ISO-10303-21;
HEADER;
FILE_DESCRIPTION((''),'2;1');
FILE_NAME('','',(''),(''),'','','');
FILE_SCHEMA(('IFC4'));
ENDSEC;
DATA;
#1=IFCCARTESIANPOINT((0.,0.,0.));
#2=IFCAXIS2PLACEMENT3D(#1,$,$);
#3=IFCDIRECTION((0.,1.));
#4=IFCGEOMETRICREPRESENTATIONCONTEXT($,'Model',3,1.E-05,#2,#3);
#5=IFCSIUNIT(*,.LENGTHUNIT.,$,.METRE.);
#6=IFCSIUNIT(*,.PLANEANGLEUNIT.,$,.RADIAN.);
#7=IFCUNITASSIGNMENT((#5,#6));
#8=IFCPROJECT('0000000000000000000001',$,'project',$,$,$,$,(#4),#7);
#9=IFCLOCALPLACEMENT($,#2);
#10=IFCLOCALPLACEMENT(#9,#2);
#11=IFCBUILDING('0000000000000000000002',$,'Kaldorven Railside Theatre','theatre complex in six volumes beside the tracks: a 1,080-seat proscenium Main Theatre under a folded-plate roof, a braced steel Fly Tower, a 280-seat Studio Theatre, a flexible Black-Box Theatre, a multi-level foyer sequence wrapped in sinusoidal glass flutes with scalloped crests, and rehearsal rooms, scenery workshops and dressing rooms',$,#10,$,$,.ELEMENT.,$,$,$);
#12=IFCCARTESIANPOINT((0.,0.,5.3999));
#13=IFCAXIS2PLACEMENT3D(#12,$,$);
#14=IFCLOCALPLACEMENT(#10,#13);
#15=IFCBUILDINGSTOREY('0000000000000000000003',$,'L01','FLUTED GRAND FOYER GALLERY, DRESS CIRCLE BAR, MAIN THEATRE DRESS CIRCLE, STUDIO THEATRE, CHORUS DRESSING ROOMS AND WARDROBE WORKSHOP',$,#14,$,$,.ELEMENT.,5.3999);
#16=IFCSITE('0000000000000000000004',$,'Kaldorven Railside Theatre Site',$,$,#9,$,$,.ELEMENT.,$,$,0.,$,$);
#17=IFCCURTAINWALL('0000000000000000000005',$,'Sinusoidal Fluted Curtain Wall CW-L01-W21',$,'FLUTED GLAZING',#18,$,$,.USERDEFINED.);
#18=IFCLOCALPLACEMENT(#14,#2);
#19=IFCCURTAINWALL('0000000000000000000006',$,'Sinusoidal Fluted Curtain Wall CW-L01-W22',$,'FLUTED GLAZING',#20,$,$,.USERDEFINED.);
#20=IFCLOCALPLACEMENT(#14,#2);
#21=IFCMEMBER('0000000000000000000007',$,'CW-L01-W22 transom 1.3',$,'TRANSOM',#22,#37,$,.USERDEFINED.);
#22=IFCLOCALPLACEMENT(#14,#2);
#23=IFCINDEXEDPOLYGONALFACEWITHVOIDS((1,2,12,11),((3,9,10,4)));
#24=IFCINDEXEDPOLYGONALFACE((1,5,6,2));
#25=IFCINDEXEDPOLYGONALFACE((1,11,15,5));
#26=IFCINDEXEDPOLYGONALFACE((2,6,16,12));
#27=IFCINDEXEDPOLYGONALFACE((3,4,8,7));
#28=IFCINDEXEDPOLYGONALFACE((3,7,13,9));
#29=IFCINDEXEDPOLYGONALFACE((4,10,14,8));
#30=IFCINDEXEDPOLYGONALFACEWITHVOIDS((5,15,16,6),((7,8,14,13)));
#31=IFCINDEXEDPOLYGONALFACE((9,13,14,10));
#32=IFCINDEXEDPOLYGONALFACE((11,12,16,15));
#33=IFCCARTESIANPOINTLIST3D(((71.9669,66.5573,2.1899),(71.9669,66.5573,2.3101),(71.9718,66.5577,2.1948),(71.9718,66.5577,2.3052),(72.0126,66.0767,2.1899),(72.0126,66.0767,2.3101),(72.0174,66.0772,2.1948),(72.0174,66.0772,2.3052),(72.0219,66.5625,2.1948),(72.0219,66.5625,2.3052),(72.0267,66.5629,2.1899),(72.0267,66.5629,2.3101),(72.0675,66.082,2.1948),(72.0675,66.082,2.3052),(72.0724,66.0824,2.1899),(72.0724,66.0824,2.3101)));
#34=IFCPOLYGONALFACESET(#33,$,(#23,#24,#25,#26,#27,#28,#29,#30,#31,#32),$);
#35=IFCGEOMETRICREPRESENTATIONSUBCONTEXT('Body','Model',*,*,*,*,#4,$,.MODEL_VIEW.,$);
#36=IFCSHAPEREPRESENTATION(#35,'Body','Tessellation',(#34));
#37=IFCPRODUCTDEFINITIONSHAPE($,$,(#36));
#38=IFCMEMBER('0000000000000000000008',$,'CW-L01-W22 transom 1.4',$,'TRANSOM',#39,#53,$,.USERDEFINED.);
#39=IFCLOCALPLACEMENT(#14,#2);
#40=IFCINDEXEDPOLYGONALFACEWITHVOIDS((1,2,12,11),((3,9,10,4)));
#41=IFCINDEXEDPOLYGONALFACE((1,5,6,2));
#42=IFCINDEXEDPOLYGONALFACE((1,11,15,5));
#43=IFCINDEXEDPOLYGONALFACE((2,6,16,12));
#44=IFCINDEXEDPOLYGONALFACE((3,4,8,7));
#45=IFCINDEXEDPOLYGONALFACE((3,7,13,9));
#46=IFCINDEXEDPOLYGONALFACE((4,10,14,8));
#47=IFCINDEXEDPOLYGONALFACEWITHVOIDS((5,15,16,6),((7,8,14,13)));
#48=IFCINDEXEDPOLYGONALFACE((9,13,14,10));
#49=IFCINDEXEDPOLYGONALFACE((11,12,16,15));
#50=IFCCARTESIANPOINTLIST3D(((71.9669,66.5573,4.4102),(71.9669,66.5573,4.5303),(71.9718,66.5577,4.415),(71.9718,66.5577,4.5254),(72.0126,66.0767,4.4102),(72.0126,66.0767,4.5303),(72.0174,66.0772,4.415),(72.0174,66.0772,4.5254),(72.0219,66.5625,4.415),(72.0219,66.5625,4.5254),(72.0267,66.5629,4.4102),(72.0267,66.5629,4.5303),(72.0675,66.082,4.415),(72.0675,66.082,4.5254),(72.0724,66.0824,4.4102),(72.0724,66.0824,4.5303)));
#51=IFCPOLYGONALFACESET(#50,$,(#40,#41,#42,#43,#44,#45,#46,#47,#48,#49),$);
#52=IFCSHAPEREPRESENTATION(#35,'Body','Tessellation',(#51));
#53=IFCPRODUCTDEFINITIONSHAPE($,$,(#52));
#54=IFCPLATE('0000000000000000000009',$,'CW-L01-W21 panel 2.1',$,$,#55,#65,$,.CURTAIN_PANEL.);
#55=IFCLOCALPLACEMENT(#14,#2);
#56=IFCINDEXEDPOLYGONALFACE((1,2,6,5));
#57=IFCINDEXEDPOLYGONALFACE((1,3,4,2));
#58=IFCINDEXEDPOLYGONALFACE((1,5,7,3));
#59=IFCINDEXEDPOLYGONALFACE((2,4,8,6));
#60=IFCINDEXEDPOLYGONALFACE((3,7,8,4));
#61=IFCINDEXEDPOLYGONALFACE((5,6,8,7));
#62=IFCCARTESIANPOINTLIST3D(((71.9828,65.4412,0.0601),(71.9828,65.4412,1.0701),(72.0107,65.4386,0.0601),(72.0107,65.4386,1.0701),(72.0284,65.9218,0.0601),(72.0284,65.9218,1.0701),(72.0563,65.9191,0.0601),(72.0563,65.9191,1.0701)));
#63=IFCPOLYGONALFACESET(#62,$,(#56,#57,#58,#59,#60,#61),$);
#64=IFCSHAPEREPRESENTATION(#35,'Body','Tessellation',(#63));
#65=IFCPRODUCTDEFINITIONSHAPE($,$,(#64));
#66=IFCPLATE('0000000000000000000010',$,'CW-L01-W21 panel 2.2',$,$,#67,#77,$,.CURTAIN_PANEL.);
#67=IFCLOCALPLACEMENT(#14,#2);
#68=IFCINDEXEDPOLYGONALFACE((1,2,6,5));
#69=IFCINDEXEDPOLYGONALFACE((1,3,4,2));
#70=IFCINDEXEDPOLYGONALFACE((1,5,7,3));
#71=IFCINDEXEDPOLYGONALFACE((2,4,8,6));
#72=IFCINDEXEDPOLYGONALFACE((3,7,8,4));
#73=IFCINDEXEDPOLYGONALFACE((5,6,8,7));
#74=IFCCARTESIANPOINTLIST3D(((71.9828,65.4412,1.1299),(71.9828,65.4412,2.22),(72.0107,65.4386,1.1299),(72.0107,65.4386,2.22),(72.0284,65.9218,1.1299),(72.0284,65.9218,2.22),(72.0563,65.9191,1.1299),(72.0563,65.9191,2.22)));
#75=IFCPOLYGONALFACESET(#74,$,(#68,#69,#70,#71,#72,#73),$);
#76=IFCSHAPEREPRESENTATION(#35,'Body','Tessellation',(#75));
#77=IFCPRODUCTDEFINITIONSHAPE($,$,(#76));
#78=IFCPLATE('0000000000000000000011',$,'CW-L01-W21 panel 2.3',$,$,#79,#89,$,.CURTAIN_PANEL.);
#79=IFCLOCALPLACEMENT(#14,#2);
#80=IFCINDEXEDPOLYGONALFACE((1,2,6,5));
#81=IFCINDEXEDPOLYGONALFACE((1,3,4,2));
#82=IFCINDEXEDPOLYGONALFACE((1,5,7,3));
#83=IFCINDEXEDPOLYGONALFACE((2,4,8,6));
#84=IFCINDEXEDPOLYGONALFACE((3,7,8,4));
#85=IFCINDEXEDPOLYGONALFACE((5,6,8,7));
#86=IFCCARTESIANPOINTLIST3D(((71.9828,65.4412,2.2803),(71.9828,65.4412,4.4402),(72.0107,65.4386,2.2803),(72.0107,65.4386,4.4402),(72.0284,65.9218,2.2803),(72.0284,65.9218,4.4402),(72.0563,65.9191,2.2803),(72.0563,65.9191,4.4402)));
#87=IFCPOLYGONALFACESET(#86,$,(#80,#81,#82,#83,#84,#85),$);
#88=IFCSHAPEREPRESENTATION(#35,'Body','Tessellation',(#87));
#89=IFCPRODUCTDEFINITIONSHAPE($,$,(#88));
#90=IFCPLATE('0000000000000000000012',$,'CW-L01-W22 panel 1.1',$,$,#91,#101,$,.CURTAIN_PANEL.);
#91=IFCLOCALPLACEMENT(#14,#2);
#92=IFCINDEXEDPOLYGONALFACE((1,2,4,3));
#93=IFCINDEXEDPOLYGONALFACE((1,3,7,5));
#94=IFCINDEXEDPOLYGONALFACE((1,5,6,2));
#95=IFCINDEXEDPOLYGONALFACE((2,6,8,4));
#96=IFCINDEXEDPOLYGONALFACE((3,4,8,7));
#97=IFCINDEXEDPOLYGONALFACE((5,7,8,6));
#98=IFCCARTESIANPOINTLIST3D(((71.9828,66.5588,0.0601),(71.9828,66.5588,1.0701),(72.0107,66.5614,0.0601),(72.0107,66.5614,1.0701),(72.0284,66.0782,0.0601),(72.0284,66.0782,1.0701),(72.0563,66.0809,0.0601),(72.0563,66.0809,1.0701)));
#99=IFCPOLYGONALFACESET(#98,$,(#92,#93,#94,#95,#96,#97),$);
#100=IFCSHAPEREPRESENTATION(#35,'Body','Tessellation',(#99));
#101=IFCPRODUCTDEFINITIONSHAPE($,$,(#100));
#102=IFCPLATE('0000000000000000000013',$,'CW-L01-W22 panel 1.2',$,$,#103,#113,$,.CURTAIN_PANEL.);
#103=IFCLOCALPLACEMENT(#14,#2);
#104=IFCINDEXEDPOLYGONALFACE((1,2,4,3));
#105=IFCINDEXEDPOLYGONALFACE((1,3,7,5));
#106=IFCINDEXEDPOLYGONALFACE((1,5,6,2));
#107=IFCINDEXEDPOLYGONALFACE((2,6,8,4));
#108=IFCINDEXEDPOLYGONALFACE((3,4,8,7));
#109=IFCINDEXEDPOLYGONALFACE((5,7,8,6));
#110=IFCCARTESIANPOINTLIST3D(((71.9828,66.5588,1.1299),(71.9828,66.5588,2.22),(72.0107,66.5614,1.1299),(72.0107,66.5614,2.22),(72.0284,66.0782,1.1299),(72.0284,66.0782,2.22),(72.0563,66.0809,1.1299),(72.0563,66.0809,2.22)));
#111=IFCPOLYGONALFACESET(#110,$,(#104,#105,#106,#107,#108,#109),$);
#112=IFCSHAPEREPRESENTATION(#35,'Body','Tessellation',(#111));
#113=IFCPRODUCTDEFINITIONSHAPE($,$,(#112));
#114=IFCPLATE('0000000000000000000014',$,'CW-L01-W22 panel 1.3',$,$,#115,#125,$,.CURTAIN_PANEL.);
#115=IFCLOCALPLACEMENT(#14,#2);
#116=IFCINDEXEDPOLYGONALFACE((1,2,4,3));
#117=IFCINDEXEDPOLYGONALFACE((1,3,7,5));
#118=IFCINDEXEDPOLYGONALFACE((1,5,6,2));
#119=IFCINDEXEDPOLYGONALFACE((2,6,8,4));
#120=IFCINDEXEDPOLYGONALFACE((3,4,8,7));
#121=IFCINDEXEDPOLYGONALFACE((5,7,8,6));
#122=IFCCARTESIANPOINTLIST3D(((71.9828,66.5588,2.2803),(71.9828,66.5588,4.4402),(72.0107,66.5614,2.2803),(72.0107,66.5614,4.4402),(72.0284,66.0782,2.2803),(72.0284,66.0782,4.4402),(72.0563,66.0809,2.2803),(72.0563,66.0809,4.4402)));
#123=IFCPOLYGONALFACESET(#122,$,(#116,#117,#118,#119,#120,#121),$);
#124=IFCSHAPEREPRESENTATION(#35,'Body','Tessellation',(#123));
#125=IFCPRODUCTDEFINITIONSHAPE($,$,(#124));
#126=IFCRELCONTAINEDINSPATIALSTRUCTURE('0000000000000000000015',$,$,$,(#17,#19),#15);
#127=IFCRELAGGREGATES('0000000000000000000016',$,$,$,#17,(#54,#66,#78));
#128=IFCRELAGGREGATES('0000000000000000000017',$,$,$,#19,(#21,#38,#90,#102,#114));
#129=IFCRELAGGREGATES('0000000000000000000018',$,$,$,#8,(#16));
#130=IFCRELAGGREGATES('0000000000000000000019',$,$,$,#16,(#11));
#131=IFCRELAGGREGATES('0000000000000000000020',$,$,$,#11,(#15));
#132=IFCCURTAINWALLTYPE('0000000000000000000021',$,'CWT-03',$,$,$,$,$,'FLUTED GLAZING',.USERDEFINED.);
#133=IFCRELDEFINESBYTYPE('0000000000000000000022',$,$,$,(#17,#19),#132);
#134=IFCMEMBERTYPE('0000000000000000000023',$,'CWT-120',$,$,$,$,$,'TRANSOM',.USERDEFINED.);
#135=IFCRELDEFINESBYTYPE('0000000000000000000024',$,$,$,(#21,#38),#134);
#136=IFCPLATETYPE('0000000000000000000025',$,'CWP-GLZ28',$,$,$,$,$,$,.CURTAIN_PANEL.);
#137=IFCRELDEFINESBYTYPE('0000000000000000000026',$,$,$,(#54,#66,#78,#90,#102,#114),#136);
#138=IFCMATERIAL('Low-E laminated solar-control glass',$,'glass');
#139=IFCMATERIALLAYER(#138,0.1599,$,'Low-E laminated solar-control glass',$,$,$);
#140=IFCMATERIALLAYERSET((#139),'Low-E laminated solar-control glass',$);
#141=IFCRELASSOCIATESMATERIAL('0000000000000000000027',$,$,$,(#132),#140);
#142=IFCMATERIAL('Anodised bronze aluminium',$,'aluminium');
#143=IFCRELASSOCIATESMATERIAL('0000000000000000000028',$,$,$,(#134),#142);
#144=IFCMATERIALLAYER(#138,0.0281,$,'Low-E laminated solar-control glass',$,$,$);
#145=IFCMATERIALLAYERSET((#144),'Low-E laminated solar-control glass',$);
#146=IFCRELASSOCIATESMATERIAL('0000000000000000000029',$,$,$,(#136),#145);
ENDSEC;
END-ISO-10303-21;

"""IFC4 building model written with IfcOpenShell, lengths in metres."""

from ifc_helpers import new_model, si_unit, direction, frame, origin, origin_2d, place, context, subcontext, project, spatial, rectangle, hollow_rectangle, extrude, material, layer, layer_set, material_profile, profile_set, type_object, element, aggregate, save


model = new_model("IFC4")

# Units and contexts
model_context = context("Model", 3, precision=1e-05, world=origin(), true_north=direction((0.0, 1.0)))
body_context = subcontext(model_context, "Body", "Model", "MODEL_VIEW")
ifc_project = project(units=[si_unit("LENGTHUNIT", "METRE"), si_unit("PLANEANGLEUNIT", "RADIAN")], contexts=[model_context])

# Site, building, storey
site_placement = place(None, origin())
site = spatial("IfcSite", under=ifc_project, at=site_placement, Name="Kaldorven Railside Theatre Site", CompositionType="ELEMENT", RefElevation=0.0)
building_placement = place(site_placement, origin())
building = spatial("IfcBuilding", under=site, at=building_placement, Name="Kaldorven Railside Theatre", Description="theatre complex in six volumes beside the tracks: a 1,080-seat proscenium Main Theatre under a folded-plate roof, a braced steel Fly Tower, a 280-seat Studio Theatre, a flexible Black-Box Theatre, a multi-level foyer sequence wrapped in sinusoidal glass flutes with scalloped crests, and rehearsal rooms, scenery workshops and dressing rooms", CompositionType="ELEMENT")
storey_placement = place(building_placement, frame((0.0, 0.0, 5.3999)))
storey = spatial("IfcBuildingStorey", under=building, at=storey_placement, Name="L01", Description="FLUTED GRAND FOYER GALLERY, DRESS CIRCLE BAR, MAIN THEATRE DRESS CIRCLE, STUDIO THEATRE, CHORUS DRESSING ROOMS AND WARDROBE WORKSHOP", CompositionType="ELEMENT", Elevation=5.3999)

# Curtain walls
ifc_material_1 = material(Name="Low-E laminated solar-control glass", Category="glass")
ifc_layer_1 = layer(ifc_material_1, 0.1599, Name="Low-E laminated solar-control glass")
ifc_layer_set_1 = layer_set([ifc_layer_1], Name="Low-E laminated solar-control glass")
curtain_wall_type_1 = type_object("IfcCurtainWallType", Name="CWT-03", ElementType="FLUTED GLAZING", PredefinedType="USERDEFINED", material=ifc_layer_set_1)
curtain_wall_1_placement = place(storey_placement, origin())
curtain_wall_1 = element("IfcCurtainWall", 1, at=curtain_wall_1_placement, inside=storey, type_object=curtain_wall_type_1, Name="Sinusoidal Fluted Curtain Wall CW-L01-W21", ObjectType="FLUTED GLAZING", PredefinedType="USERDEFINED")
ifc_material_2 = material(Name="Anodised bronze aluminium", Category="aluminium")
curtain_wall_2_placement = place(storey_placement, origin())
curtain_wall_2 = element("IfcCurtainWall", 2, at=curtain_wall_2_placement, inside=storey, type_object=curtain_wall_type_1, Name="Sinusoidal Fluted Curtain Wall CW-L01-W22", ObjectType="FLUTED GLAZING", PredefinedType="USERDEFINED")

# Members
ifc_material_profile_1 = material_profile(ifc_material_2, hollow_rectangle(XDim=0.0601, YDim=0.1201, WallThickness=0.0049, at=origin_2d()), Name="RHS 120x60x5")
ifc_profile_set_1 = profile_set([ifc_material_profile_1], Name="Anodised bronze aluminium")
member_type_1 = type_object("IfcMemberType", Name="CWT-120", ElementType="TRANSOM", PredefinedType="USERDEFINED", material=ifc_profile_set_1)
member_1_placement = place(storey_placement, frame((72.0425, 66.0796, 2.25), z_axis=(-0.094594, 0.995516, 0.0), x_axis=(-0.995516, -0.094594, 0.0)))
member_1 = element("IfcMember", 3, at=member_1_placement, type_object=member_type_1, Name="CW-L01-W22 transom 1.3", ObjectType="TRANSOM", PredefinedType="USERDEFINED", context=body_context, shape_type="SweptSolid", body=[
    extrude(hollow_rectangle(XDim=0.0601, YDim=0.1201, WallThickness=0.0049, at=origin_2d()), origin(), (0.0, 0.0, 1.0), 0.4827),
])
member_2_placement = place(storey_placement, frame((72.0425, 66.0796, 4.4702), z_axis=(-0.094594, 0.995516, 0.0), x_axis=(-0.995516, -0.094594, 0.0)))
member_2 = element("IfcMember", 4, at=member_2_placement, type_object=member_type_1, Name="CW-L01-W22 transom 1.4", ObjectType="TRANSOM", PredefinedType="USERDEFINED", context=body_context, shape_type="SweptSolid", body=[
    extrude(hollow_rectangle(XDim=0.0601, YDim=0.1201, WallThickness=0.0049, at=origin_2d()), origin(), (0.0, 0.0, 1.0), 0.4827),
])

# Plates
ifc_layer_2 = layer(ifc_material_1, 0.0281, Name="Low-E laminated solar-control glass")
ifc_layer_set_2 = layer_set([ifc_layer_2], Name="Low-E laminated solar-control glass")
plate_type = type_object("IfcPlateType", Name="CWP-GLZ28", PredefinedType="CURTAIN_PANEL", material=ifc_layer_set_2)
plate_1_placement = place(storey_placement, frame((72.0195, 65.6802, 0.0601), z_axis=(0.0, 0.0, 1.0), x_axis=(0.094492, 0.995526, 0.0)))
plate_1 = element("IfcPlate", 5, at=plate_1_placement, type_object=plate_type, Name="CW-L01-W21 panel 2.1", PredefinedType="CURTAIN_PANEL", context=body_context, shape_type="SweptSolid", body=[
    extrude(rectangle(XDim=0.4827, YDim=0.0281, at=origin_2d()), origin(), (0.0, 0.0, 1.0), 1.01),
])
plate_2_placement = place(storey_placement, frame((72.0195, 65.6802, 1.1299), z_axis=(0.0, 0.0, 1.0), x_axis=(0.094492, 0.995526, 0.0)))
plate_2 = element("IfcPlate", 6, at=plate_2_placement, type_object=plate_type, Name="CW-L01-W21 panel 2.2", PredefinedType="CURTAIN_PANEL", context=body_context, shape_type="SweptSolid", body=[
    extrude(rectangle(XDim=0.4827, YDim=0.0281, at=origin_2d()), origin(), (0.0, 0.0, 1.0), 1.0901),
])
plate_3_placement = place(storey_placement, frame((72.0195, 65.6802, 2.2803), z_axis=(0.0, 0.0, 1.0), x_axis=(0.094492, 0.995526, 0.0)))
plate_3 = element("IfcPlate", 7, at=plate_3_placement, type_object=plate_type, Name="CW-L01-W21 panel 2.3", PredefinedType="CURTAIN_PANEL", context=body_context, shape_type="SweptSolid", body=[
    extrude(rectangle(XDim=0.4827, YDim=0.0281, at=origin_2d()), origin(), (0.0, 0.0, 1.0), 2.1599),
])
aggregate(curtain_wall_1, [plate_1, plate_2, plate_3])
plate_4_placement = place(storey_placement, frame((72.0195, 66.3198, 0.0601), z_axis=(0.0, 0.0, 1.0), x_axis=(-0.094492, 0.995526, 0.0)))
plate_4 = element("IfcPlate", 8, at=plate_4_placement, type_object=plate_type, Name="CW-L01-W22 panel 1.1", PredefinedType="CURTAIN_PANEL", context=body_context, shape_type="SweptSolid", body=[
    extrude(rectangle(XDim=0.4827, YDim=0.0281, at=origin_2d()), origin(), (0.0, 0.0, 1.0), 1.01),
])
plate_5_placement = place(storey_placement, frame((72.0195, 66.3198, 1.1299), z_axis=(0.0, 0.0, 1.0), x_axis=(-0.094492, 0.995526, 0.0)))
plate_5 = element("IfcPlate", 9, at=plate_5_placement, type_object=plate_type, Name="CW-L01-W22 panel 1.2", PredefinedType="CURTAIN_PANEL", context=body_context, shape_type="SweptSolid", body=[
    extrude(rectangle(XDim=0.4827, YDim=0.0281, at=origin_2d()), origin(), (0.0, 0.0, 1.0), 1.0901),
])
plate_6_placement = place(storey_placement, frame((72.0195, 66.3198, 2.2803), z_axis=(0.0, 0.0, 1.0), x_axis=(-0.094492, 0.995526, 0.0)))
plate_6 = element("IfcPlate", 10, at=plate_6_placement, type_object=plate_type, Name="CW-L01-W22 panel 1.3", PredefinedType="CURTAIN_PANEL", context=body_context, shape_type="SweptSolid", body=[
    extrude(rectangle(XDim=0.4827, YDim=0.0281, at=origin_2d()), origin(), (0.0, 0.0, 1.0), 2.1599),
])
aggregate(curtain_wall_2, [member_1, member_2, plate_4, plate_5, plate_6])

save(model, "model.ifc")
